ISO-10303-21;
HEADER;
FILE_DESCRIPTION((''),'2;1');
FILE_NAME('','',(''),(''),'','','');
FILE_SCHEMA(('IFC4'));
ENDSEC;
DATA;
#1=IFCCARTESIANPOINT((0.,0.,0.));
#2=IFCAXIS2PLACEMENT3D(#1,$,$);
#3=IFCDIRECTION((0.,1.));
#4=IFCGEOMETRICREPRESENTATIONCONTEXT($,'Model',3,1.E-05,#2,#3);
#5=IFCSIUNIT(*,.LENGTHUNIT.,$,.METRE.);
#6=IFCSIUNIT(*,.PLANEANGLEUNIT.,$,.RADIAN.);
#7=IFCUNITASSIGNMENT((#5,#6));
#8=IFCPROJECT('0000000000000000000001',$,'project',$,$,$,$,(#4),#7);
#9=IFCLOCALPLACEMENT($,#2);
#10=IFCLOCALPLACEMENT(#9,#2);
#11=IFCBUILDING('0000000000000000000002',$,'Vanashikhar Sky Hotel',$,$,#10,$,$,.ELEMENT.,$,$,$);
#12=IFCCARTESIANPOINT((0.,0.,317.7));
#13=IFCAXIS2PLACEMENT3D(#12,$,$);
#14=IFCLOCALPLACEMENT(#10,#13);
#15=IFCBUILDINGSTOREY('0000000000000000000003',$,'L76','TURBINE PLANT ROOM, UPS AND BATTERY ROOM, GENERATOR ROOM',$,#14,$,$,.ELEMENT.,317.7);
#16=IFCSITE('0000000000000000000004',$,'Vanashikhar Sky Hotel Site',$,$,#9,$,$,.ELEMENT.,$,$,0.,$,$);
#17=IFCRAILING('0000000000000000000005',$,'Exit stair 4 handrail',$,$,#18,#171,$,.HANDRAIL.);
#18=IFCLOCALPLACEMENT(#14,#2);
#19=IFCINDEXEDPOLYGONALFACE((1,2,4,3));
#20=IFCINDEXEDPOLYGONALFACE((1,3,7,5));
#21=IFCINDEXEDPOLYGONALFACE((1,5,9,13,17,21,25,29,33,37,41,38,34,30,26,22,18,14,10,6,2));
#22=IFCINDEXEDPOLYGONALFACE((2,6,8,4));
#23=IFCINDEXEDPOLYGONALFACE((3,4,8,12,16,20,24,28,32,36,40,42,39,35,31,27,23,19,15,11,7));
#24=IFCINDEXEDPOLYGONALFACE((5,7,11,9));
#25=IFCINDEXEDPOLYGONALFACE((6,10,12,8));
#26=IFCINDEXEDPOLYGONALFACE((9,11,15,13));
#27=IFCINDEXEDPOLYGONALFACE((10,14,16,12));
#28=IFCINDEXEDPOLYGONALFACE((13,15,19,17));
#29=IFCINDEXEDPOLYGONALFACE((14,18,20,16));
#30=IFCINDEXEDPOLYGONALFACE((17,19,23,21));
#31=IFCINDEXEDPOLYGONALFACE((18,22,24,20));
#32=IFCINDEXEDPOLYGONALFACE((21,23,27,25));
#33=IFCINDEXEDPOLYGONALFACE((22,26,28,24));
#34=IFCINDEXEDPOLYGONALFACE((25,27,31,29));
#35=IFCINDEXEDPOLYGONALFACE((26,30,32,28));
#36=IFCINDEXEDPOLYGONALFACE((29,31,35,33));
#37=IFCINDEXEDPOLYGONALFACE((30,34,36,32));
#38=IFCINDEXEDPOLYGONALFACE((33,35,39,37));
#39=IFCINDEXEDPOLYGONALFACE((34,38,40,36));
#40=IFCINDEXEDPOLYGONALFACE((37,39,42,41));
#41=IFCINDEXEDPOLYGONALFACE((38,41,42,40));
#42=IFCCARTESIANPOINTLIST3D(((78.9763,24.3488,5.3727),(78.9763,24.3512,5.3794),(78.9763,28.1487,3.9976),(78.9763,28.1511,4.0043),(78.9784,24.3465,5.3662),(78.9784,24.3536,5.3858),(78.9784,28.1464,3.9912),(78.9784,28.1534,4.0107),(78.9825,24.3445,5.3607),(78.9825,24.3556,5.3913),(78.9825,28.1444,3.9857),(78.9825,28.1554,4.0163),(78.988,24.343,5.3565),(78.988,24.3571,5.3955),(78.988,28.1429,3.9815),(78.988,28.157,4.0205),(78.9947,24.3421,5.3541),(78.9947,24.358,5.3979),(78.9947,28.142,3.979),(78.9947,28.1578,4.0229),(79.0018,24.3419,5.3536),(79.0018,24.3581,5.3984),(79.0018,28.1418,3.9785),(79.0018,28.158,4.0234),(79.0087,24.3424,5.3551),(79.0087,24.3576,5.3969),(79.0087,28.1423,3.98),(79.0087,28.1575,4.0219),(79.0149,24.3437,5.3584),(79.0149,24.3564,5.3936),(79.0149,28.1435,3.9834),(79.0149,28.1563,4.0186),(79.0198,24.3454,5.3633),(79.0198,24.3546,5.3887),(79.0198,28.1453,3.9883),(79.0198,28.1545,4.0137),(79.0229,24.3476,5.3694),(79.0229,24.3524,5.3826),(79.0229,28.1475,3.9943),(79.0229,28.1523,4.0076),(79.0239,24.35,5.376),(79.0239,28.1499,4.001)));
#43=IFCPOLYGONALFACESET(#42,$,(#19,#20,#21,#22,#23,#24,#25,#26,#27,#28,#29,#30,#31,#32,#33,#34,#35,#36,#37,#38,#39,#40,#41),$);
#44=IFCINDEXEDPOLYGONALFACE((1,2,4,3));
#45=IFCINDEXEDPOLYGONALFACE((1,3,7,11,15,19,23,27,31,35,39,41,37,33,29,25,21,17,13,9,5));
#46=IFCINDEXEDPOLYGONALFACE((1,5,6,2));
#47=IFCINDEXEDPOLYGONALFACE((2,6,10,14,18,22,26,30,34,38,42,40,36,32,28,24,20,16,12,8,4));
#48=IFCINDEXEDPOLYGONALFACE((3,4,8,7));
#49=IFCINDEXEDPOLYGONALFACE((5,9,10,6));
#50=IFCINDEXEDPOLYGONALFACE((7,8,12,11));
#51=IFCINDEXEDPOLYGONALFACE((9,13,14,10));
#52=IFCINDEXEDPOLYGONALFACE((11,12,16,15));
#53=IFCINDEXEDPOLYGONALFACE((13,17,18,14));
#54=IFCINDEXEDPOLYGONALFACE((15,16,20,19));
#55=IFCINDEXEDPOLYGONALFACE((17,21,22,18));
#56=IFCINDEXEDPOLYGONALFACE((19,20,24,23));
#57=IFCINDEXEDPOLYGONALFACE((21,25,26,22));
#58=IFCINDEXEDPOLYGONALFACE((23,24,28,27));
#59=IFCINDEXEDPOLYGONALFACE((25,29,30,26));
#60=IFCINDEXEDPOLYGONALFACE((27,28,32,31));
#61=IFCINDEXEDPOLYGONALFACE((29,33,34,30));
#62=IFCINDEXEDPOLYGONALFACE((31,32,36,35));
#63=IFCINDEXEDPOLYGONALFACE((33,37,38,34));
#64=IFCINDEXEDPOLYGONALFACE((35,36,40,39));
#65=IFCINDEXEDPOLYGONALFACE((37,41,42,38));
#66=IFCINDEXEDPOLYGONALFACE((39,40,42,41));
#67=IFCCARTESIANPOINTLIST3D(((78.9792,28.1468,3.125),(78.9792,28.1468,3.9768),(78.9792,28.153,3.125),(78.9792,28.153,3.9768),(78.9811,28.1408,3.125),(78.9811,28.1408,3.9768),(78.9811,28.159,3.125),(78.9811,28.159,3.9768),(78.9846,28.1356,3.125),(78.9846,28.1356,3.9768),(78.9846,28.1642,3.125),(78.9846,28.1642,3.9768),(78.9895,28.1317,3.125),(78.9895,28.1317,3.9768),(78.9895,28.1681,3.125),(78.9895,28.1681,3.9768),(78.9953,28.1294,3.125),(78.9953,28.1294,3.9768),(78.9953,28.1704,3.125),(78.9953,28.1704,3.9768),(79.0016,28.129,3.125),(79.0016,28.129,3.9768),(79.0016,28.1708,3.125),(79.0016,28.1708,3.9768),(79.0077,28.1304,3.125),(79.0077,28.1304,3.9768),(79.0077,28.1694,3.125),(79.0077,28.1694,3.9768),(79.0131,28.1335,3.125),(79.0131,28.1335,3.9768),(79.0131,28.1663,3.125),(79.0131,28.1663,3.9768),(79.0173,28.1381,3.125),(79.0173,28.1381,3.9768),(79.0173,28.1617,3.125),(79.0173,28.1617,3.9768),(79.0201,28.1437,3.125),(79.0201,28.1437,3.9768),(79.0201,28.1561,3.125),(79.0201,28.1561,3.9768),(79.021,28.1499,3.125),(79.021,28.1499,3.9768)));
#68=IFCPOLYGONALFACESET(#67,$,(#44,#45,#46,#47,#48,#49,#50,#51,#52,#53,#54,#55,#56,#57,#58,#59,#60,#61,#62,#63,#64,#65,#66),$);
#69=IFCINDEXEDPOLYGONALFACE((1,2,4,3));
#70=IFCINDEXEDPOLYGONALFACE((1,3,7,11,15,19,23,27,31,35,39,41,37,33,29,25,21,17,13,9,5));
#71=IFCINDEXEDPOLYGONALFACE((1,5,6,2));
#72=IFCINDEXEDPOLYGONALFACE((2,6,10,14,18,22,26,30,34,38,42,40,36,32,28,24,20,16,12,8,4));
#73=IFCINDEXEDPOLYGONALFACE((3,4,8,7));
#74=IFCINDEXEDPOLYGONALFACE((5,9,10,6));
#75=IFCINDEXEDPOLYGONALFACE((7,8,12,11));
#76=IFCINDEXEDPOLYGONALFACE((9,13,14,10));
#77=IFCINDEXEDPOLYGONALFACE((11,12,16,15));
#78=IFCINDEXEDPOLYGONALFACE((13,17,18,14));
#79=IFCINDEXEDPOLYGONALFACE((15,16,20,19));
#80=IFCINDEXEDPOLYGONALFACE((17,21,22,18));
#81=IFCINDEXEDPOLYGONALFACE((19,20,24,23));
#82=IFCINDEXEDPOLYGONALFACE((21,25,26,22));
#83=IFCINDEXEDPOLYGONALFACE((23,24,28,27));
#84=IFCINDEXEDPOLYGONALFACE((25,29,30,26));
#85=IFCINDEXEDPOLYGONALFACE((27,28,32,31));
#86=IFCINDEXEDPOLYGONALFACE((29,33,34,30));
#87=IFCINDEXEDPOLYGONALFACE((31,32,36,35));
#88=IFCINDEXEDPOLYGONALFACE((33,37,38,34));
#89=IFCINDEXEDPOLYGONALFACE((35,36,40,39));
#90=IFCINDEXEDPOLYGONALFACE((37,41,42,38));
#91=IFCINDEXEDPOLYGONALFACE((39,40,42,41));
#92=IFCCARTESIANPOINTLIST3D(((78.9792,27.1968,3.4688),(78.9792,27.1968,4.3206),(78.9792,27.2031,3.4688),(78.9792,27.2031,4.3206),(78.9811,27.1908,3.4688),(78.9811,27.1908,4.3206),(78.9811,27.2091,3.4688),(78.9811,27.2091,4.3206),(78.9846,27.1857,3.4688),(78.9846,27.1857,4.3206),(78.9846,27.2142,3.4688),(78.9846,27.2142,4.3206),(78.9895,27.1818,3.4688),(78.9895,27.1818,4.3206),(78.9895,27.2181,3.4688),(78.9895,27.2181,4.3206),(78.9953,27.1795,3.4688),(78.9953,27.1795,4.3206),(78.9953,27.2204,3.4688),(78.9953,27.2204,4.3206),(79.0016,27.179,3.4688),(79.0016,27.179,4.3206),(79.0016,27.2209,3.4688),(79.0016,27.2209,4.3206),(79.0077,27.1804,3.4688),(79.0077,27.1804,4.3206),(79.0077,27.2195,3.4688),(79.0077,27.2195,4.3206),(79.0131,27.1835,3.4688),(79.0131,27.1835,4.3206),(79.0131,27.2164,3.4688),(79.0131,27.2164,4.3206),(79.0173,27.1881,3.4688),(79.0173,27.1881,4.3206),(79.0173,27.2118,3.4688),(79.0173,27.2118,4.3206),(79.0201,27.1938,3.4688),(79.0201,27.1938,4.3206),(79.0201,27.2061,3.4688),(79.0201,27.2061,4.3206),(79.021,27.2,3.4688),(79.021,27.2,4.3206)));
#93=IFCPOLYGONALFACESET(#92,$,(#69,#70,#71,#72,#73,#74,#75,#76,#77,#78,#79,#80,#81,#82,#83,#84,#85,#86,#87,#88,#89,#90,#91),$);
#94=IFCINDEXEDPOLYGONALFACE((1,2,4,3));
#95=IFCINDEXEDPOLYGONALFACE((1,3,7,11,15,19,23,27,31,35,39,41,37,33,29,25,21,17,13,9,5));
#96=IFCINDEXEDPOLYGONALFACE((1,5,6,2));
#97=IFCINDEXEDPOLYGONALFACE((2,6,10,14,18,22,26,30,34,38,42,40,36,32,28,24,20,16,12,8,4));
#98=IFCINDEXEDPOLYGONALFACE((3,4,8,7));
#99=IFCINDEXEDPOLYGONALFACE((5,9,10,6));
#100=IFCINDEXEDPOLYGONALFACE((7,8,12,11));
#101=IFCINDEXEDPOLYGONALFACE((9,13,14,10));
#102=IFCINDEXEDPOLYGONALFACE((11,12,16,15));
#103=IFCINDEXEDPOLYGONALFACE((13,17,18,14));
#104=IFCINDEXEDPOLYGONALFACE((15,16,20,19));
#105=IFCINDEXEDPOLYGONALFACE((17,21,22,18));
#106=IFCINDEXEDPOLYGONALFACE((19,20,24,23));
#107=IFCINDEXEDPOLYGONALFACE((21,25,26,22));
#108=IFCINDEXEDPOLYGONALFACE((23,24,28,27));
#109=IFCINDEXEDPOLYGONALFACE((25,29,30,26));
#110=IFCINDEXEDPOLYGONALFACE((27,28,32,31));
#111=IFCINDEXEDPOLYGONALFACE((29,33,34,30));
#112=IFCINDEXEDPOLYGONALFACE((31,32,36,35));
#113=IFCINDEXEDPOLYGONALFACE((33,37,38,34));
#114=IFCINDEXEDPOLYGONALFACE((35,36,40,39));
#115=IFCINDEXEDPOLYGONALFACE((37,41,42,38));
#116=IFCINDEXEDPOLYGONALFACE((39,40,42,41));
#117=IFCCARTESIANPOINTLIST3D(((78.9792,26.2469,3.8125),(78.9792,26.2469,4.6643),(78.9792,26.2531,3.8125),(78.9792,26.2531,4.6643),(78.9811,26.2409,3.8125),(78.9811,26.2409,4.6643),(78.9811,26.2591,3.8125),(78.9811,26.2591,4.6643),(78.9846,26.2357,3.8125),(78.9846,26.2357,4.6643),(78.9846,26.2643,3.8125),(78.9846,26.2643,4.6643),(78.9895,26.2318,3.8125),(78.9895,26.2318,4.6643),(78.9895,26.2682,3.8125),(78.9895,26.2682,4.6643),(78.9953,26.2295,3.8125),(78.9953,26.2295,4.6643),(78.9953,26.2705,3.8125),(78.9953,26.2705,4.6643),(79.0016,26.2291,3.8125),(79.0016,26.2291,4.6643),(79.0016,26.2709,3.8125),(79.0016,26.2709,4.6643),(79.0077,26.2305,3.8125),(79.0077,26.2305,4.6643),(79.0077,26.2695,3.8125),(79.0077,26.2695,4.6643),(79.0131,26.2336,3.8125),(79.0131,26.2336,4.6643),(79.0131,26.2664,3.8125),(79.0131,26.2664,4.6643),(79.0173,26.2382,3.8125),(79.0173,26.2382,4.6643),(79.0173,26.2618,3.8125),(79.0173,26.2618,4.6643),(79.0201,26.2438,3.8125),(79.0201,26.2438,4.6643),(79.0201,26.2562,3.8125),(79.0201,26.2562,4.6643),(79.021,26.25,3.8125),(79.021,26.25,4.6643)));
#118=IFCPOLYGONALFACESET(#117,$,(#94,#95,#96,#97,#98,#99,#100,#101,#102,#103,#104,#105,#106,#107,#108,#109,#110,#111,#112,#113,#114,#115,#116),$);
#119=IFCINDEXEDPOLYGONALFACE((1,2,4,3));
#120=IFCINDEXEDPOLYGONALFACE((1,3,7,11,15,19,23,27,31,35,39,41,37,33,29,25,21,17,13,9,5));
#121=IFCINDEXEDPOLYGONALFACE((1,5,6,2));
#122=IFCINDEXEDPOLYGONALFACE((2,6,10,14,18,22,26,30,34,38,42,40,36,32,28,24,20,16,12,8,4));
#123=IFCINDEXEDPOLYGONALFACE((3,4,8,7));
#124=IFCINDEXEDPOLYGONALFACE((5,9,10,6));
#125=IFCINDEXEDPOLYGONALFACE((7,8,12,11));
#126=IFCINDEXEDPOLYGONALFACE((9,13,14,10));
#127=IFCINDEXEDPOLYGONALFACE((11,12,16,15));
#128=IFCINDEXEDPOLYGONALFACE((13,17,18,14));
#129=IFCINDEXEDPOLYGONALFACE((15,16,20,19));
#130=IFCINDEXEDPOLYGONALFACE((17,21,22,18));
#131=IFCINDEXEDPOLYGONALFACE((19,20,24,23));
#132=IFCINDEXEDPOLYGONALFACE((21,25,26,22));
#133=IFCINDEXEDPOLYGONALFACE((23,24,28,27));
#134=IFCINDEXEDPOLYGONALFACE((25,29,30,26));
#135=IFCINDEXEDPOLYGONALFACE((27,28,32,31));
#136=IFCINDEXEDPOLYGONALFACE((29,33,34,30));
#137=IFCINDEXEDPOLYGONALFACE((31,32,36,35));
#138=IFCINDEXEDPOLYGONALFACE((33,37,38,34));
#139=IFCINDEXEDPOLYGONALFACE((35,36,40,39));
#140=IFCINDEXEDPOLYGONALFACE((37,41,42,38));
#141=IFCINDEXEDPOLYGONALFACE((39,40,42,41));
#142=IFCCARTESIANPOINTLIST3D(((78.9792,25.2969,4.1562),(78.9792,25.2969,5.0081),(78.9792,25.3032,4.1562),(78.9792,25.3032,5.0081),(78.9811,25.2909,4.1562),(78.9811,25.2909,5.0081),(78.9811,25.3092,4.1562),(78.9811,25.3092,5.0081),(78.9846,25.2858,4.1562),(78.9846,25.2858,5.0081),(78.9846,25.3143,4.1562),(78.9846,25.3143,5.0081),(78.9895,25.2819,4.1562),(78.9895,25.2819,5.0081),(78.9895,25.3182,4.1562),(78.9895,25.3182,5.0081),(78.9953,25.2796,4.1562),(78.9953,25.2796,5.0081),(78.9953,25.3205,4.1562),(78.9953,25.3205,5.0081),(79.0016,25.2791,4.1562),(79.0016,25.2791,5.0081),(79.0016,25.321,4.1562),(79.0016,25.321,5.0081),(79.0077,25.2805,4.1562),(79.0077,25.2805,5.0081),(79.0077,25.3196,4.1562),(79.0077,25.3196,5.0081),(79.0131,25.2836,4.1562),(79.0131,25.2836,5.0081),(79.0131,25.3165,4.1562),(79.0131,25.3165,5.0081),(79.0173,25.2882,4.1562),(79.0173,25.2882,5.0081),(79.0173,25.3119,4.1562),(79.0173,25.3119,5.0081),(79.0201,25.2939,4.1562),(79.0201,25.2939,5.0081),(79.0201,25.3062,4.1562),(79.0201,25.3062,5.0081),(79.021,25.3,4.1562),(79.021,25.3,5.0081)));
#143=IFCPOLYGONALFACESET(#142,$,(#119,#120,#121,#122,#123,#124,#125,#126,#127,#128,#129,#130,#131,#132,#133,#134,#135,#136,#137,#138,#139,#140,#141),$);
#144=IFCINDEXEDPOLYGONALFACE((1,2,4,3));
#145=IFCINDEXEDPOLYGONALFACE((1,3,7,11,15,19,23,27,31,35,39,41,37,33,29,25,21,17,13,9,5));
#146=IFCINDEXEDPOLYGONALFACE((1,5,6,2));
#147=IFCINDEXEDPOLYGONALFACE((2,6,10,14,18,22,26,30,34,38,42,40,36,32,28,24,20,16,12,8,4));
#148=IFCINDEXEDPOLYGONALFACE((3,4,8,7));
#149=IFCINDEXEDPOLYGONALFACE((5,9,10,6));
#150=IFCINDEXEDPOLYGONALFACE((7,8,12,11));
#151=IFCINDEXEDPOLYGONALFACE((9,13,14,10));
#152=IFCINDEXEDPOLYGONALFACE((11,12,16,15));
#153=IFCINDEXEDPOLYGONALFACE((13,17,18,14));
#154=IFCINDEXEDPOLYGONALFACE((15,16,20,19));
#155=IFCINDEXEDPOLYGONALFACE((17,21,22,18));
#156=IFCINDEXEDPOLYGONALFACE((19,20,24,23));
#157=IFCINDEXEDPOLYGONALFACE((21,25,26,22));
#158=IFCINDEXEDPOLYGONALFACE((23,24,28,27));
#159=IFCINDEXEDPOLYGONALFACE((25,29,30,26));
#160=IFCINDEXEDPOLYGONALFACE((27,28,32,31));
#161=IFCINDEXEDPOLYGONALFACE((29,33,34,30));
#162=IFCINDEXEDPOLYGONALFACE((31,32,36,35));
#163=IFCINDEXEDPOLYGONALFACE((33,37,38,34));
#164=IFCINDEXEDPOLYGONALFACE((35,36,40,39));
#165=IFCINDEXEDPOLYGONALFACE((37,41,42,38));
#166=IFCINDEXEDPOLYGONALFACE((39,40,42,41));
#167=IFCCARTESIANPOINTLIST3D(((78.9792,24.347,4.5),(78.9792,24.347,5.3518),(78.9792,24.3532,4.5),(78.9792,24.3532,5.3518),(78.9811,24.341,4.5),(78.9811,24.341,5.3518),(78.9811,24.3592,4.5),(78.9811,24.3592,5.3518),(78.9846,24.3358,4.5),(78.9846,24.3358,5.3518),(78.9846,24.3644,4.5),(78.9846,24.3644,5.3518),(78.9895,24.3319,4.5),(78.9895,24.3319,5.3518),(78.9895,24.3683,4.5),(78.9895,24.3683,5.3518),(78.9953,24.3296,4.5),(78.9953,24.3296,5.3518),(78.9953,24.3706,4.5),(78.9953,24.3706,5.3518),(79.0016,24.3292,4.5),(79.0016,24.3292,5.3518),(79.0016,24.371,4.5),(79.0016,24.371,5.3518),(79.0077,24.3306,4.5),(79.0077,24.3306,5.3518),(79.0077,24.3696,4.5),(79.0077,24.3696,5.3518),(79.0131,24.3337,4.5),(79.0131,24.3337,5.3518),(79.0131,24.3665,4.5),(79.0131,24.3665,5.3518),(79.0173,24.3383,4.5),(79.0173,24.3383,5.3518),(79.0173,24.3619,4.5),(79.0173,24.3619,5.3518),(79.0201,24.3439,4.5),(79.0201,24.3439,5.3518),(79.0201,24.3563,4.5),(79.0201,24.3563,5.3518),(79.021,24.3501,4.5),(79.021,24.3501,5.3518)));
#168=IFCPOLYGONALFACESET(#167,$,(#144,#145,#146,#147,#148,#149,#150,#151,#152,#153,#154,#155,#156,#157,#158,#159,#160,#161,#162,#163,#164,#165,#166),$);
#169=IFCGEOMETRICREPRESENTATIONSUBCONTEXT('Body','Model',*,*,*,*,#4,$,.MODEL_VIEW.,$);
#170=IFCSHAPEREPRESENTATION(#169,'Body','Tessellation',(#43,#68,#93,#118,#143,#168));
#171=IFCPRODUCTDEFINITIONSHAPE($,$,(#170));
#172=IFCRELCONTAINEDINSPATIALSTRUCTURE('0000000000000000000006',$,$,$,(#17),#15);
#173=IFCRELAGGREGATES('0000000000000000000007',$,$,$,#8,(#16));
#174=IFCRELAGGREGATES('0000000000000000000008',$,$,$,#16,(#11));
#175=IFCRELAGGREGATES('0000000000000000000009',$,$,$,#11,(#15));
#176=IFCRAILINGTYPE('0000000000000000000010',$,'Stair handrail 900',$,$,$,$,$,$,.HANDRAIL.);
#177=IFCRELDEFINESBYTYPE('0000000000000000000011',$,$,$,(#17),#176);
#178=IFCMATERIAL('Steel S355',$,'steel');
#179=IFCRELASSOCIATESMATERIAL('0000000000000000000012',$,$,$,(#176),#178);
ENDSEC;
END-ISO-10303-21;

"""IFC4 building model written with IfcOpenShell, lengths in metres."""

from ifc_helpers import new_model, si_unit, direction, frame, origin, origin_2d, place, context, subcontext, project, spatial, circle, extrude, source, transform, mapped, material, type_object, element, save


model = new_model("IFC4")

# Units and contexts
model_context = context("Model", 3, precision=1e-05, world=origin(), true_north=direction((0.0, 1.0)))
body_context = subcontext(model_context, "Body", "Model", "MODEL_VIEW")
ifc_project = project(units=[si_unit("LENGTHUNIT", "METRE"), si_unit("PLANEANGLEUNIT", "RADIAN")], contexts=[model_context])

# Site, building, storey
site_placement = place(None, origin())
site = spatial("IfcSite", under=ifc_project, at=site_placement, Name="Vanashikhar Sky Hotel Site", CompositionType="ELEMENT", RefElevation=0.0)
building_placement = place(site_placement, origin())
building = spatial("IfcBuilding", under=site, at=building_placement, Name="Vanashikhar Sky Hotel", CompositionType="ELEMENT")
storey_placement = place(building_placement, frame((0.0, 0.0, 317.7)))
storey = spatial("IfcBuildingStorey", under=building, at=storey_placement, Name="L76", Description="TURBINE PLANT ROOM, UPS AND BATTERY ROOM, GENERATOR ROOM", CompositionType="ELEMENT", Elevation=317.7)

# Railing
ifc_material_1 = material(Name="Steel S355", Category="steel")
railing_type_1 = type_object("IfcRailingType", Name="Stair handrail 900", PredefinedType="HANDRAIL", material=ifc_material_1)
shared_shape_1 = source(origin(), body_context, "Body", "SweptSolid", [
    extrude(circle(Radius=0.0239, at=origin_2d()), frame((0.0, 0.0, 0.876), z_axis=(0.0, -0.940329, 0.340268), x_axis=(1.0, 0.0, 0.0)), (0.0, 0.0, 1.0), 4.041),
    extrude(circle(Radius=0.021, at=origin_2d()), origin(), (0.0, 0.0, 1.0), 0.8518),
    extrude(circle(Radius=0.021, at=origin_2d()), frame((0.0, -0.95, 0.3438)), (0.0, 0.0, 1.0), 0.8518),
    extrude(circle(Radius=0.021, at=origin_2d()), frame((0.0, -1.8999, 0.6875)), (0.0, 0.0, 1.0), 0.8518),
    extrude(circle(Radius=0.021, at=origin_2d()), frame((0.0, -2.8499, 1.0312)), (0.0, 0.0, 1.0), 0.8518),
    extrude(circle(Radius=0.021, at=origin_2d()), frame((0.0, -3.7998, 1.375)), (0.0, 0.0, 1.0), 0.8518),
])
for number, where, name in (
    (1, (79.0, 28.1499, 3.125), "Exit stair 4 handrail"),
):
    element("IfcRailing", number, at=place(storey_placement, frame(where)), inside=storey, type_object=railing_type_1, Name=name, PredefinedType="HANDRAIL", context=body_context, shape_type="MappedRepresentation", body=[
        mapped(shared_shape_1, transform((0.0, 0.0, 0.0), scale=1.0)),
    ])

save(model, "model.ifc")
